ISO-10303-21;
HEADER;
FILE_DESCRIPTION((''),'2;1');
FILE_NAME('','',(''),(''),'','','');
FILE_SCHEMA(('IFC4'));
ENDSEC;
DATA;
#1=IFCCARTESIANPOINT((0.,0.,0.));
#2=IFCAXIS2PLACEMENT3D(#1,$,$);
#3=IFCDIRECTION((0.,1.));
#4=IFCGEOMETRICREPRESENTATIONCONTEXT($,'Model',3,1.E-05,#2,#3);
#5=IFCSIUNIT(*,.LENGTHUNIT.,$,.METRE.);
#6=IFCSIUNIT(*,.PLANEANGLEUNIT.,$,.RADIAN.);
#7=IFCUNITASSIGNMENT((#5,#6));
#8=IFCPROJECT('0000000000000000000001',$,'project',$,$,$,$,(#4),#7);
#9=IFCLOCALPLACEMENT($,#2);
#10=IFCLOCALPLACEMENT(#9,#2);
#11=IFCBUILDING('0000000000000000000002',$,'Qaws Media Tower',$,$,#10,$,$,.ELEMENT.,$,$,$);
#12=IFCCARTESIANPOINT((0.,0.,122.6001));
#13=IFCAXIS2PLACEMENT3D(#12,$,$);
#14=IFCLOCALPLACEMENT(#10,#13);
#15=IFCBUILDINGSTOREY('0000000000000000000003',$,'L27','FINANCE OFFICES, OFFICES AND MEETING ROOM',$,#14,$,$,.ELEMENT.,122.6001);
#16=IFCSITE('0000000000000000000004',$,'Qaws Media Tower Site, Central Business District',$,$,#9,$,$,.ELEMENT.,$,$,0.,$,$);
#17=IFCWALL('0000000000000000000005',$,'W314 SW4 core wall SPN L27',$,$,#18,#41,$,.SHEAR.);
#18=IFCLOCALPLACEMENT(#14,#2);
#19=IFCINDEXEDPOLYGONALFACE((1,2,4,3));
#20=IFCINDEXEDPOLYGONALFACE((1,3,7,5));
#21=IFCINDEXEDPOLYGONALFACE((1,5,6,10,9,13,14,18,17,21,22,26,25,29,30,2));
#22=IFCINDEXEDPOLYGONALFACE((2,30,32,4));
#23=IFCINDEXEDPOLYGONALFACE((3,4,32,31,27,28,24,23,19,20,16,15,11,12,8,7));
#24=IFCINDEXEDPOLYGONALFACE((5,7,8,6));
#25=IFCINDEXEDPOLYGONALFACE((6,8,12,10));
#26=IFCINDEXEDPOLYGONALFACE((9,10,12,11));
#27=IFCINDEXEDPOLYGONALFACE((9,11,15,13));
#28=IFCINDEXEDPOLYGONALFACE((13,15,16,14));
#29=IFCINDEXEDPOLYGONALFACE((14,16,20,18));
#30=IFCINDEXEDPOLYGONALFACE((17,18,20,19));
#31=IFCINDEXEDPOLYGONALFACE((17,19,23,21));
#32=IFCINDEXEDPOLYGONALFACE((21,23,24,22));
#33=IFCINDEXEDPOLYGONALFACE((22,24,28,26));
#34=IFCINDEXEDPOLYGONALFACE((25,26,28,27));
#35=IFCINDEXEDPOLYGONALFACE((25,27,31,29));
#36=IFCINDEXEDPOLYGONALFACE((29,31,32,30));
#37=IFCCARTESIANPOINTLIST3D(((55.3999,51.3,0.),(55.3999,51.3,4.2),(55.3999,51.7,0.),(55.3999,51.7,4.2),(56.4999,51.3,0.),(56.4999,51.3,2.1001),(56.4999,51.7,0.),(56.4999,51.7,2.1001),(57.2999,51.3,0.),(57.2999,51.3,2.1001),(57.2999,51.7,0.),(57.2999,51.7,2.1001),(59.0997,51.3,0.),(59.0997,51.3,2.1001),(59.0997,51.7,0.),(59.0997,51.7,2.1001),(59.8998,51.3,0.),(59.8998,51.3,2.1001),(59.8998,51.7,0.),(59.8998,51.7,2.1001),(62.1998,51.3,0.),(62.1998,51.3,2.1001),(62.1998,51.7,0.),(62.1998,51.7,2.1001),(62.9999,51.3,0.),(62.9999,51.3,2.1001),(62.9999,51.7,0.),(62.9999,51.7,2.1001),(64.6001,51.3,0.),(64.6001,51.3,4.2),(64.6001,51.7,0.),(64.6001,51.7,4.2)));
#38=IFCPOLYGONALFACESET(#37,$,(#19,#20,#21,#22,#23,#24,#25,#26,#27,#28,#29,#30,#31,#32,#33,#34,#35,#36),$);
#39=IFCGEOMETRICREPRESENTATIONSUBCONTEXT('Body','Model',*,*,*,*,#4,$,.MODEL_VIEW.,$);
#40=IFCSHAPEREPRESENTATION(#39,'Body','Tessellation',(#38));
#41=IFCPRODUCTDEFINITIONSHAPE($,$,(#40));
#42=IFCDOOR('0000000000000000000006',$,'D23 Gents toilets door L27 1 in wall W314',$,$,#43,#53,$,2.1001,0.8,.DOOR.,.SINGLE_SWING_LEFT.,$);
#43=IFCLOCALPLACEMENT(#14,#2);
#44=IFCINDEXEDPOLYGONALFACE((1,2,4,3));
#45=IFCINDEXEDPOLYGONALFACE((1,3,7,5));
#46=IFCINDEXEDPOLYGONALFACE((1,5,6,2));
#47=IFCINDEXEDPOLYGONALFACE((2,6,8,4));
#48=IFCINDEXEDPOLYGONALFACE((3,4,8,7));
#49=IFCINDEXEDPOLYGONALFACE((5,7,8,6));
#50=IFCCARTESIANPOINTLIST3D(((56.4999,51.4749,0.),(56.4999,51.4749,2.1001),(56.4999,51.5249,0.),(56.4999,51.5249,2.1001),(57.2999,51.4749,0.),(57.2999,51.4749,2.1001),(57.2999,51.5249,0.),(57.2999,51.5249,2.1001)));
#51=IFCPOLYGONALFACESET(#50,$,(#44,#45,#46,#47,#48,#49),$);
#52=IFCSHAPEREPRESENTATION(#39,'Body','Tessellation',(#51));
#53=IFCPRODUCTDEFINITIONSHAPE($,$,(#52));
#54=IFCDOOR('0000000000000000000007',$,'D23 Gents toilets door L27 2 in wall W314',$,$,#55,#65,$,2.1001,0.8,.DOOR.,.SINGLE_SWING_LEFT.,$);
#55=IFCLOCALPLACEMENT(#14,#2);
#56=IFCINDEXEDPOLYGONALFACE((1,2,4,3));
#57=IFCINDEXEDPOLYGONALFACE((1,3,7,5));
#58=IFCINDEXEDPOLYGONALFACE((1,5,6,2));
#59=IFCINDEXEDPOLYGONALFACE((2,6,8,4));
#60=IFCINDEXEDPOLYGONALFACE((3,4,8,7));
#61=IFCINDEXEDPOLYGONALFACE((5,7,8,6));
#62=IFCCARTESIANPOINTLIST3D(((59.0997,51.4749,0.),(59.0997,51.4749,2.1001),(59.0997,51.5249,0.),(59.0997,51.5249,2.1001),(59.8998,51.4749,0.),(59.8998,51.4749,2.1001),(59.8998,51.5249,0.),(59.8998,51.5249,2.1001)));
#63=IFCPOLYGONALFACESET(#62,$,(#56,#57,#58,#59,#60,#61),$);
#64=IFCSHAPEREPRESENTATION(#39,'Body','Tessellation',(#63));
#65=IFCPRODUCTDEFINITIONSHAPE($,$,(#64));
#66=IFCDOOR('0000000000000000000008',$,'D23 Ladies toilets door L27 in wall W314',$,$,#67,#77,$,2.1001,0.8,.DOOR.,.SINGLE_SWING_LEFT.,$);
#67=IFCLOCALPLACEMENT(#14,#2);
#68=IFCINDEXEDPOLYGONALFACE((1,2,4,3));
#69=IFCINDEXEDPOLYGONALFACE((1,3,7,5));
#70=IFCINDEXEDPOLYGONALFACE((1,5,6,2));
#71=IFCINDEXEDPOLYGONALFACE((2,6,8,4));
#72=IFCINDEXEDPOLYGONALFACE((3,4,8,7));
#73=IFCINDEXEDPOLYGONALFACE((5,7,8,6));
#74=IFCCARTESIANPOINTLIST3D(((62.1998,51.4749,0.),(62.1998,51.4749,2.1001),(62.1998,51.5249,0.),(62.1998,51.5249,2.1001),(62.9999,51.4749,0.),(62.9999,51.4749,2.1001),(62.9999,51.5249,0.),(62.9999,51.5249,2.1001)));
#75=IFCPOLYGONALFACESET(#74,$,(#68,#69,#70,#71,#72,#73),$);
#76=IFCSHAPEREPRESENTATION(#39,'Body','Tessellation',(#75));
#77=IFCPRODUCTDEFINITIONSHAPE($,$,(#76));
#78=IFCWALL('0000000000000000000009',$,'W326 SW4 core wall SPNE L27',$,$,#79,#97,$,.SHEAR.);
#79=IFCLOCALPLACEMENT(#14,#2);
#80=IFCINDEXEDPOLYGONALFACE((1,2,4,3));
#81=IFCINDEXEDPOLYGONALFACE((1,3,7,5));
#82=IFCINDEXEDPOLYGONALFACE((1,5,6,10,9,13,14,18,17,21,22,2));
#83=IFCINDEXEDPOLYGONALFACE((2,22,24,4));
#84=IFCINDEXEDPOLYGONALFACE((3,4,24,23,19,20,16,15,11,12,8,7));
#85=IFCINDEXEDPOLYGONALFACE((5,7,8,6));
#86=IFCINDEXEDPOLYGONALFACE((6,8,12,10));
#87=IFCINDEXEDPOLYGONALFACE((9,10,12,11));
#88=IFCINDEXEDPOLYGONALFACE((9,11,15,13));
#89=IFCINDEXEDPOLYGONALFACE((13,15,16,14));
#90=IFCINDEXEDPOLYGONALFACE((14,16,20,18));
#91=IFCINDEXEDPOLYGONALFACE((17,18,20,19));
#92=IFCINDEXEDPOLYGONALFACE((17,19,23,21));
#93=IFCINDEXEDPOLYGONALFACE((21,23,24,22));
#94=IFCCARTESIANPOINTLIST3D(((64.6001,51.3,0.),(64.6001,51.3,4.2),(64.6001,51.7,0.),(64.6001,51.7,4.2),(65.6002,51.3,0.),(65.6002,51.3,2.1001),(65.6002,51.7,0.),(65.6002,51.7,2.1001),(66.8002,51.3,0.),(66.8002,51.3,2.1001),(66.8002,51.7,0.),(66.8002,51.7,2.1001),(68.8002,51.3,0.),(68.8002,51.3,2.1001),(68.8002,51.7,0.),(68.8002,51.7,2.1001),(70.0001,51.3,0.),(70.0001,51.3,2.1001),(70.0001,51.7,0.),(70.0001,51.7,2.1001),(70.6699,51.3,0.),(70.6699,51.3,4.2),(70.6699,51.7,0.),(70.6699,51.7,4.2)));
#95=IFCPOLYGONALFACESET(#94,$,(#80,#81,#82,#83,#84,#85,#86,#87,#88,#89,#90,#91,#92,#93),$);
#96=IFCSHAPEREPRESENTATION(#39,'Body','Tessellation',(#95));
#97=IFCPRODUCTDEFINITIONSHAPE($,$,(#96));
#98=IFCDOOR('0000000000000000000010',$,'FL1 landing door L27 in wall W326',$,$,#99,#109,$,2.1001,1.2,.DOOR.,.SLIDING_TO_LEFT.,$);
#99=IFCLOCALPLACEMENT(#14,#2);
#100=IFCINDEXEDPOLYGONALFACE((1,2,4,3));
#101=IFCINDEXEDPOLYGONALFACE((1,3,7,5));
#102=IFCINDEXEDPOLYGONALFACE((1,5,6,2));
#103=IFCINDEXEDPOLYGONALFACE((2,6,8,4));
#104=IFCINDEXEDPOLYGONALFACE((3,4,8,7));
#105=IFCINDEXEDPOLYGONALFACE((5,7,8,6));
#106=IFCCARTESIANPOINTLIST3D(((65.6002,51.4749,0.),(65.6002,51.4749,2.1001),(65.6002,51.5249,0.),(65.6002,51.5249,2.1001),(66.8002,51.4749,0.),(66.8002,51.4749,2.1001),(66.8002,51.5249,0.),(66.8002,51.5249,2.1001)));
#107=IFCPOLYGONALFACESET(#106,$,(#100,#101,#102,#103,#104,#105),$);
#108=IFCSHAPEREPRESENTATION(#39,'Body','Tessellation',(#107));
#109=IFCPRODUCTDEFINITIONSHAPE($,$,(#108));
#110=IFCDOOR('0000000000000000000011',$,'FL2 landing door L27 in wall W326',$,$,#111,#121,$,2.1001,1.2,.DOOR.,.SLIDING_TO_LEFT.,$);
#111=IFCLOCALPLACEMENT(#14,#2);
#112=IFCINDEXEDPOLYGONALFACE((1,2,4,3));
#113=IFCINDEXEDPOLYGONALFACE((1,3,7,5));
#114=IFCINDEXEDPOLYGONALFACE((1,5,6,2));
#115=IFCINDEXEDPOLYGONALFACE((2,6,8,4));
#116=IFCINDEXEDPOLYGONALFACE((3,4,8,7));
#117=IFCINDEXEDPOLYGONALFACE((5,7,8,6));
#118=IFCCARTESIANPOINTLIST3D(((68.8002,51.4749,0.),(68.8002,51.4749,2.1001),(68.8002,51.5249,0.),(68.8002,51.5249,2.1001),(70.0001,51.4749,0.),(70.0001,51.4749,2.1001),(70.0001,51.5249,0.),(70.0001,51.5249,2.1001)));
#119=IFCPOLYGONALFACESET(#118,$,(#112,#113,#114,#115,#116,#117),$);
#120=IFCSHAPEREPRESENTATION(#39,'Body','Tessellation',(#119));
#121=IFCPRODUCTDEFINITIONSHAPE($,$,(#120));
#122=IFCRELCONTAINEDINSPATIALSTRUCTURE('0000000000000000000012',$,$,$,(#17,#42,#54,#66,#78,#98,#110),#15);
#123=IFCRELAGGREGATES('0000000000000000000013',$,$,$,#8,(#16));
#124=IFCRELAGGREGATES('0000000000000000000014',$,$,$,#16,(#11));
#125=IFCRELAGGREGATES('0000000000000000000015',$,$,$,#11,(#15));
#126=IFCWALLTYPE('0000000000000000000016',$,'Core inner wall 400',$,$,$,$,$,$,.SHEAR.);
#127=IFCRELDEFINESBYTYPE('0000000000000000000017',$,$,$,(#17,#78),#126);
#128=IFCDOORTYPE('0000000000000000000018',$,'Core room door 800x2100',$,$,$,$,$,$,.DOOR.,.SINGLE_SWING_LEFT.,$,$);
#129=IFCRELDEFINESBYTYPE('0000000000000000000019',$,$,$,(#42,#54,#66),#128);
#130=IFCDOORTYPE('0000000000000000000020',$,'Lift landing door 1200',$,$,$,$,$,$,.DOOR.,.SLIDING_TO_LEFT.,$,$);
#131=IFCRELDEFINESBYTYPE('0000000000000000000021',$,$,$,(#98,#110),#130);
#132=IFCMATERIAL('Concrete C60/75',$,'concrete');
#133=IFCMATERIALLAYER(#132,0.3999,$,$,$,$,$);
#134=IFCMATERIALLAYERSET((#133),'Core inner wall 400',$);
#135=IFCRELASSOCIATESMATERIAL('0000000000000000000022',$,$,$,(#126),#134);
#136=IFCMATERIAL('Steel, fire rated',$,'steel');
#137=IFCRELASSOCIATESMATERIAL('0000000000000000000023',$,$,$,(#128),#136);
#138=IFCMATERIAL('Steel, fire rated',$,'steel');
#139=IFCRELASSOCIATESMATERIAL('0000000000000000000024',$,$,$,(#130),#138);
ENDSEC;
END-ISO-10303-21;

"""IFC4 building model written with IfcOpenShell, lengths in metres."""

from ifc_helpers import new_model, si_unit, direction, frame, frame_2d, origin, place, context, subcontext, project, spatial, rectangle, extrude, material, layer, layer_set, type_object, element, fill, save


model = new_model("IFC4")

# Units and contexts
model_context = context("Model", 3, precision=1e-05, world=origin(), true_north=direction((0.0, 1.0)))
body_context = subcontext(model_context, "Body", "Model", "MODEL_VIEW")
ifc_project = project(units=[si_unit("LENGTHUNIT", "METRE"), si_unit("PLANEANGLEUNIT", "RADIAN")], contexts=[model_context])

# Site, building, storey
site_placement = place(None, origin())
site = spatial("IfcSite", under=ifc_project, at=site_placement, Name="Qaws Media Tower Site, Central Business District", CompositionType="ELEMENT", RefElevation=0.0)
building_placement = place(site_placement, origin())
building = spatial("IfcBuilding", under=site, at=building_placement, Name="Qaws Media Tower", CompositionType="ELEMENT")
storey_placement = place(building_placement, frame((0.0, 0.0, 122.6001)))
storey = spatial("IfcBuildingStorey", under=building, at=storey_placement, Name="L27", Description="FINANCE OFFICES, OFFICES AND MEETING ROOM", CompositionType="ELEMENT", Elevation=122.6001)

# Walls, openings, doors
ifc_material_1 = material(Name="Concrete C60/75", Category="concrete")
ifc_layer_1 = layer(ifc_material_1, 0.3999)
ifc_layer_set_1 = layer_set([ifc_layer_1], Name="Core inner wall 400")
wall_type_1 = type_object("IfcWallType", Name="Core inner wall 400", PredefinedType="SHEAR", material=ifc_layer_set_1)
wall_1_placement = place(storey_placement, frame((55.3999, 51.5, 0.0), z_axis=(0.0, 0.0, 1.0), x_axis=(1.0, 0.0, 0.0)))
wall_1 = element("IfcWall", 1, at=wall_1_placement, inside=storey, type_object=wall_type_1, Name="W314 SW4 core wall SPN L27", PredefinedType="SHEAR", context=body_context, shape_type="SweptSolid", body=[
    extrude(rectangle(XDim=9.2002, YDim=0.3999, at=frame_2d((4.6001, 0.0))), origin(), (0.0, 0.0, 1.0), 4.2),
])
opening_1_placement = place(wall_1_placement, frame((1.1001, 0.0, 0.0)))
opening_1 = element("IfcOpeningElement", 2, at=opening_1_placement, cuts=wall_1, PredefinedType="OPENING", context=body_context, shape_type="SweptSolid", body=[
    extrude(rectangle(XDim=0.8, YDim=2.1001, at=frame_2d((0.3999, 1.05))), frame((0.0, 0.21, 0.0), z_axis=(0.0, -1.0, 0.0), x_axis=(1.0, 0.0, 0.0)), (0.0, 0.0, 1.0), 0.4199),
])
opening_2_placement = place(wall_1_placement, frame((3.7, 0.0, 0.0)))
opening_2 = element("IfcOpeningElement", 3, at=opening_2_placement, cuts=wall_1, PredefinedType="OPENING", context=body_context, shape_type="SweptSolid", body=[
    extrude(rectangle(XDim=0.8, YDim=2.1001, at=frame_2d((0.3999, 1.05))), frame((0.0, 0.21, 0.0), z_axis=(0.0, -1.0, 0.0), x_axis=(1.0, 0.0, 0.0)), (0.0, 0.0, 1.0), 0.4199),
])
opening_3_placement = place(wall_1_placement, frame((6.8, 0.0, 0.0)))
opening_3 = element("IfcOpeningElement", 4, at=opening_3_placement, cuts=wall_1, PredefinedType="OPENING", context=body_context, shape_type="SweptSolid", body=[
    extrude(rectangle(XDim=0.8, YDim=2.1001, at=frame_2d((0.3999, 1.05))), frame((0.0, 0.21, 0.0), z_axis=(0.0, -1.0, 0.0), x_axis=(1.0, 0.0, 0.0)), (0.0, 0.0, 1.0), 0.4199),
])
ifc_material_2 = material(Name="Steel, fire rated", Category="steel")
door_type_1 = type_object("IfcDoorType", Name="Core room door 800x2100", OperationType="SINGLE_SWING_LEFT", PredefinedType="DOOR", material=ifc_material_2)
door_1_placement = place(opening_1_placement, origin())
door_1 = element("IfcDoor", 5, at=door_1_placement, inside=storey, type_object=door_type_1, Name="D23 Gents toilets door L27 1 in wall W314", OperationType="SINGLE_SWING_LEFT", OverallHeight=2.1001, OverallWidth=0.8, PredefinedType="DOOR", context=body_context, shape_type="SweptSolid", body=[
    extrude(rectangle(XDim=0.8, YDim=2.1001, at=frame_2d((0.3999, 1.05))), frame((0.0, 0.0249, 0.0), z_axis=(0.0, -1.0, 0.0), x_axis=(1.0, 0.0, 0.0)), (0.0, 0.0, 1.0), 0.05),
])
fill(opening_1, door_1)
door_2_placement = place(opening_2_placement, origin())
door_2 = element("IfcDoor", 6, at=door_2_placement, inside=storey, type_object=door_type_1, Name="D23 Gents toilets door L27 2 in wall W314", OperationType="SINGLE_SWING_LEFT", OverallHeight=2.1001, OverallWidth=0.8, PredefinedType="DOOR", context=body_context, shape_type="SweptSolid", body=[
    extrude(rectangle(XDim=0.8, YDim=2.1001, at=frame_2d((0.3999, 1.05))), frame((0.0, 0.0249, 0.0), z_axis=(0.0, -1.0, 0.0), x_axis=(1.0, 0.0, 0.0)), (0.0, 0.0, 1.0), 0.05),
])
fill(opening_2, door_2)
door_3_placement = place(opening_3_placement, origin())
door_3 = element("IfcDoor", 7, at=door_3_placement, inside=storey, type_object=door_type_1, Name="D23 Ladies toilets door L27 in wall W314", OperationType="SINGLE_SWING_LEFT", OverallHeight=2.1001, OverallWidth=0.8, PredefinedType="DOOR", context=body_context, shape_type="SweptSolid", body=[
    extrude(rectangle(XDim=0.8, YDim=2.1001, at=frame_2d((0.3999, 1.05))), frame((0.0, 0.0249, 0.0), z_axis=(0.0, -1.0, 0.0), x_axis=(1.0, 0.0, 0.0)), (0.0, 0.0, 1.0), 0.05),
])
fill(opening_3, door_3)
wall_2_placement = place(storey_placement, frame((64.6001, 51.5, 0.0), z_axis=(0.0, 0.0, 1.0), x_axis=(1.0, 0.0, 0.0)))
wall_2 = element("IfcWall", 8, at=wall_2_placement, inside=storey, type_object=wall_type_1, Name="W326 SW4 core wall SPNE L27", PredefinedType="SHEAR", context=body_context, shape_type="SweptSolid", body=[
    extrude(rectangle(XDim=6.0698, YDim=0.3999, at=frame_2d((3.0349, 0.0))), origin(), (0.0, 0.0, 1.0), 4.2),
])
opening_4_placement = place(wall_2_placement, frame((1.0, 0.0, 0.0)))
opening_4 = element("IfcOpeningElement", 9, at=opening_4_placement, cuts=wall_2, PredefinedType="OPENING", context=body_context, shape_type="SweptSolid", body=[
    extrude(rectangle(XDim=1.2, YDim=2.1001, at=frame_2d((0.6001, 1.05))), frame((0.0, 0.21, 0.0), z_axis=(0.0, -1.0, 0.0), x_axis=(1.0, 0.0, 0.0)), (0.0, 0.0, 1.0), 0.4199),
])
opening_5_placement = place(wall_2_placement, frame((4.2, 0.0, 0.0)))
opening_5 = element("IfcOpeningElement", 10, at=opening_5_placement, cuts=wall_2, PredefinedType="OPENING", context=body_context, shape_type="SweptSolid", body=[
    extrude(rectangle(XDim=1.2, YDim=2.1001, at=frame_2d((0.6001, 1.05))), frame((0.0, 0.21, 0.0), z_axis=(0.0, -1.0, 0.0), x_axis=(1.0, 0.0, 0.0)), (0.0, 0.0, 1.0), 0.4199),
])
ifc_material_3 = material(Name="Steel, fire rated", Category="steel")
door_type_2 = type_object("IfcDoorType", Name="Lift landing door 1200", OperationType="SLIDING_TO_LEFT", PredefinedType="DOOR", material=ifc_material_3)
door_4_placement = place(opening_4_placement, origin())
door_4 = element("IfcDoor", 11, at=door_4_placement, inside=storey, type_object=door_type_2, Name="FL1 landing door L27 in wall W326", OperationType="SLIDING_TO_LEFT", OverallHeight=2.1001, OverallWidth=1.2, PredefinedType="DOOR", context=body_context, shape_type="SweptSolid", body=[
    extrude(rectangle(XDim=1.2, YDim=2.1001, at=frame_2d((0.6001, 1.05))), frame((0.0, 0.0249, 0.0), z_axis=(0.0, -1.0, 0.0), x_axis=(1.0, 0.0, 0.0)), (0.0, 0.0, 1.0), 0.05),
])
fill(opening_4, door_4)
door_5_placement = place(opening_5_placement, origin())
door_5 = element("IfcDoor", 12, at=door_5_placement, inside=storey, type_object=door_type_2, Name="FL2 landing door L27 in wall W326", OperationType="SLIDING_TO_LEFT", OverallHeight=2.1001, OverallWidth=1.2, PredefinedType="DOOR", context=body_context, shape_type="SweptSolid", body=[
    extrude(rectangle(XDim=1.2, YDim=2.1001, at=frame_2d((0.6001, 1.05))), frame((0.0, 0.0249, 0.0), z_axis=(0.0, -1.0, 0.0), x_axis=(1.0, 0.0, 0.0)), (0.0, 0.0, 1.0), 0.05),
])
fill(opening_5, door_5)

save(model, "model.ifc")
